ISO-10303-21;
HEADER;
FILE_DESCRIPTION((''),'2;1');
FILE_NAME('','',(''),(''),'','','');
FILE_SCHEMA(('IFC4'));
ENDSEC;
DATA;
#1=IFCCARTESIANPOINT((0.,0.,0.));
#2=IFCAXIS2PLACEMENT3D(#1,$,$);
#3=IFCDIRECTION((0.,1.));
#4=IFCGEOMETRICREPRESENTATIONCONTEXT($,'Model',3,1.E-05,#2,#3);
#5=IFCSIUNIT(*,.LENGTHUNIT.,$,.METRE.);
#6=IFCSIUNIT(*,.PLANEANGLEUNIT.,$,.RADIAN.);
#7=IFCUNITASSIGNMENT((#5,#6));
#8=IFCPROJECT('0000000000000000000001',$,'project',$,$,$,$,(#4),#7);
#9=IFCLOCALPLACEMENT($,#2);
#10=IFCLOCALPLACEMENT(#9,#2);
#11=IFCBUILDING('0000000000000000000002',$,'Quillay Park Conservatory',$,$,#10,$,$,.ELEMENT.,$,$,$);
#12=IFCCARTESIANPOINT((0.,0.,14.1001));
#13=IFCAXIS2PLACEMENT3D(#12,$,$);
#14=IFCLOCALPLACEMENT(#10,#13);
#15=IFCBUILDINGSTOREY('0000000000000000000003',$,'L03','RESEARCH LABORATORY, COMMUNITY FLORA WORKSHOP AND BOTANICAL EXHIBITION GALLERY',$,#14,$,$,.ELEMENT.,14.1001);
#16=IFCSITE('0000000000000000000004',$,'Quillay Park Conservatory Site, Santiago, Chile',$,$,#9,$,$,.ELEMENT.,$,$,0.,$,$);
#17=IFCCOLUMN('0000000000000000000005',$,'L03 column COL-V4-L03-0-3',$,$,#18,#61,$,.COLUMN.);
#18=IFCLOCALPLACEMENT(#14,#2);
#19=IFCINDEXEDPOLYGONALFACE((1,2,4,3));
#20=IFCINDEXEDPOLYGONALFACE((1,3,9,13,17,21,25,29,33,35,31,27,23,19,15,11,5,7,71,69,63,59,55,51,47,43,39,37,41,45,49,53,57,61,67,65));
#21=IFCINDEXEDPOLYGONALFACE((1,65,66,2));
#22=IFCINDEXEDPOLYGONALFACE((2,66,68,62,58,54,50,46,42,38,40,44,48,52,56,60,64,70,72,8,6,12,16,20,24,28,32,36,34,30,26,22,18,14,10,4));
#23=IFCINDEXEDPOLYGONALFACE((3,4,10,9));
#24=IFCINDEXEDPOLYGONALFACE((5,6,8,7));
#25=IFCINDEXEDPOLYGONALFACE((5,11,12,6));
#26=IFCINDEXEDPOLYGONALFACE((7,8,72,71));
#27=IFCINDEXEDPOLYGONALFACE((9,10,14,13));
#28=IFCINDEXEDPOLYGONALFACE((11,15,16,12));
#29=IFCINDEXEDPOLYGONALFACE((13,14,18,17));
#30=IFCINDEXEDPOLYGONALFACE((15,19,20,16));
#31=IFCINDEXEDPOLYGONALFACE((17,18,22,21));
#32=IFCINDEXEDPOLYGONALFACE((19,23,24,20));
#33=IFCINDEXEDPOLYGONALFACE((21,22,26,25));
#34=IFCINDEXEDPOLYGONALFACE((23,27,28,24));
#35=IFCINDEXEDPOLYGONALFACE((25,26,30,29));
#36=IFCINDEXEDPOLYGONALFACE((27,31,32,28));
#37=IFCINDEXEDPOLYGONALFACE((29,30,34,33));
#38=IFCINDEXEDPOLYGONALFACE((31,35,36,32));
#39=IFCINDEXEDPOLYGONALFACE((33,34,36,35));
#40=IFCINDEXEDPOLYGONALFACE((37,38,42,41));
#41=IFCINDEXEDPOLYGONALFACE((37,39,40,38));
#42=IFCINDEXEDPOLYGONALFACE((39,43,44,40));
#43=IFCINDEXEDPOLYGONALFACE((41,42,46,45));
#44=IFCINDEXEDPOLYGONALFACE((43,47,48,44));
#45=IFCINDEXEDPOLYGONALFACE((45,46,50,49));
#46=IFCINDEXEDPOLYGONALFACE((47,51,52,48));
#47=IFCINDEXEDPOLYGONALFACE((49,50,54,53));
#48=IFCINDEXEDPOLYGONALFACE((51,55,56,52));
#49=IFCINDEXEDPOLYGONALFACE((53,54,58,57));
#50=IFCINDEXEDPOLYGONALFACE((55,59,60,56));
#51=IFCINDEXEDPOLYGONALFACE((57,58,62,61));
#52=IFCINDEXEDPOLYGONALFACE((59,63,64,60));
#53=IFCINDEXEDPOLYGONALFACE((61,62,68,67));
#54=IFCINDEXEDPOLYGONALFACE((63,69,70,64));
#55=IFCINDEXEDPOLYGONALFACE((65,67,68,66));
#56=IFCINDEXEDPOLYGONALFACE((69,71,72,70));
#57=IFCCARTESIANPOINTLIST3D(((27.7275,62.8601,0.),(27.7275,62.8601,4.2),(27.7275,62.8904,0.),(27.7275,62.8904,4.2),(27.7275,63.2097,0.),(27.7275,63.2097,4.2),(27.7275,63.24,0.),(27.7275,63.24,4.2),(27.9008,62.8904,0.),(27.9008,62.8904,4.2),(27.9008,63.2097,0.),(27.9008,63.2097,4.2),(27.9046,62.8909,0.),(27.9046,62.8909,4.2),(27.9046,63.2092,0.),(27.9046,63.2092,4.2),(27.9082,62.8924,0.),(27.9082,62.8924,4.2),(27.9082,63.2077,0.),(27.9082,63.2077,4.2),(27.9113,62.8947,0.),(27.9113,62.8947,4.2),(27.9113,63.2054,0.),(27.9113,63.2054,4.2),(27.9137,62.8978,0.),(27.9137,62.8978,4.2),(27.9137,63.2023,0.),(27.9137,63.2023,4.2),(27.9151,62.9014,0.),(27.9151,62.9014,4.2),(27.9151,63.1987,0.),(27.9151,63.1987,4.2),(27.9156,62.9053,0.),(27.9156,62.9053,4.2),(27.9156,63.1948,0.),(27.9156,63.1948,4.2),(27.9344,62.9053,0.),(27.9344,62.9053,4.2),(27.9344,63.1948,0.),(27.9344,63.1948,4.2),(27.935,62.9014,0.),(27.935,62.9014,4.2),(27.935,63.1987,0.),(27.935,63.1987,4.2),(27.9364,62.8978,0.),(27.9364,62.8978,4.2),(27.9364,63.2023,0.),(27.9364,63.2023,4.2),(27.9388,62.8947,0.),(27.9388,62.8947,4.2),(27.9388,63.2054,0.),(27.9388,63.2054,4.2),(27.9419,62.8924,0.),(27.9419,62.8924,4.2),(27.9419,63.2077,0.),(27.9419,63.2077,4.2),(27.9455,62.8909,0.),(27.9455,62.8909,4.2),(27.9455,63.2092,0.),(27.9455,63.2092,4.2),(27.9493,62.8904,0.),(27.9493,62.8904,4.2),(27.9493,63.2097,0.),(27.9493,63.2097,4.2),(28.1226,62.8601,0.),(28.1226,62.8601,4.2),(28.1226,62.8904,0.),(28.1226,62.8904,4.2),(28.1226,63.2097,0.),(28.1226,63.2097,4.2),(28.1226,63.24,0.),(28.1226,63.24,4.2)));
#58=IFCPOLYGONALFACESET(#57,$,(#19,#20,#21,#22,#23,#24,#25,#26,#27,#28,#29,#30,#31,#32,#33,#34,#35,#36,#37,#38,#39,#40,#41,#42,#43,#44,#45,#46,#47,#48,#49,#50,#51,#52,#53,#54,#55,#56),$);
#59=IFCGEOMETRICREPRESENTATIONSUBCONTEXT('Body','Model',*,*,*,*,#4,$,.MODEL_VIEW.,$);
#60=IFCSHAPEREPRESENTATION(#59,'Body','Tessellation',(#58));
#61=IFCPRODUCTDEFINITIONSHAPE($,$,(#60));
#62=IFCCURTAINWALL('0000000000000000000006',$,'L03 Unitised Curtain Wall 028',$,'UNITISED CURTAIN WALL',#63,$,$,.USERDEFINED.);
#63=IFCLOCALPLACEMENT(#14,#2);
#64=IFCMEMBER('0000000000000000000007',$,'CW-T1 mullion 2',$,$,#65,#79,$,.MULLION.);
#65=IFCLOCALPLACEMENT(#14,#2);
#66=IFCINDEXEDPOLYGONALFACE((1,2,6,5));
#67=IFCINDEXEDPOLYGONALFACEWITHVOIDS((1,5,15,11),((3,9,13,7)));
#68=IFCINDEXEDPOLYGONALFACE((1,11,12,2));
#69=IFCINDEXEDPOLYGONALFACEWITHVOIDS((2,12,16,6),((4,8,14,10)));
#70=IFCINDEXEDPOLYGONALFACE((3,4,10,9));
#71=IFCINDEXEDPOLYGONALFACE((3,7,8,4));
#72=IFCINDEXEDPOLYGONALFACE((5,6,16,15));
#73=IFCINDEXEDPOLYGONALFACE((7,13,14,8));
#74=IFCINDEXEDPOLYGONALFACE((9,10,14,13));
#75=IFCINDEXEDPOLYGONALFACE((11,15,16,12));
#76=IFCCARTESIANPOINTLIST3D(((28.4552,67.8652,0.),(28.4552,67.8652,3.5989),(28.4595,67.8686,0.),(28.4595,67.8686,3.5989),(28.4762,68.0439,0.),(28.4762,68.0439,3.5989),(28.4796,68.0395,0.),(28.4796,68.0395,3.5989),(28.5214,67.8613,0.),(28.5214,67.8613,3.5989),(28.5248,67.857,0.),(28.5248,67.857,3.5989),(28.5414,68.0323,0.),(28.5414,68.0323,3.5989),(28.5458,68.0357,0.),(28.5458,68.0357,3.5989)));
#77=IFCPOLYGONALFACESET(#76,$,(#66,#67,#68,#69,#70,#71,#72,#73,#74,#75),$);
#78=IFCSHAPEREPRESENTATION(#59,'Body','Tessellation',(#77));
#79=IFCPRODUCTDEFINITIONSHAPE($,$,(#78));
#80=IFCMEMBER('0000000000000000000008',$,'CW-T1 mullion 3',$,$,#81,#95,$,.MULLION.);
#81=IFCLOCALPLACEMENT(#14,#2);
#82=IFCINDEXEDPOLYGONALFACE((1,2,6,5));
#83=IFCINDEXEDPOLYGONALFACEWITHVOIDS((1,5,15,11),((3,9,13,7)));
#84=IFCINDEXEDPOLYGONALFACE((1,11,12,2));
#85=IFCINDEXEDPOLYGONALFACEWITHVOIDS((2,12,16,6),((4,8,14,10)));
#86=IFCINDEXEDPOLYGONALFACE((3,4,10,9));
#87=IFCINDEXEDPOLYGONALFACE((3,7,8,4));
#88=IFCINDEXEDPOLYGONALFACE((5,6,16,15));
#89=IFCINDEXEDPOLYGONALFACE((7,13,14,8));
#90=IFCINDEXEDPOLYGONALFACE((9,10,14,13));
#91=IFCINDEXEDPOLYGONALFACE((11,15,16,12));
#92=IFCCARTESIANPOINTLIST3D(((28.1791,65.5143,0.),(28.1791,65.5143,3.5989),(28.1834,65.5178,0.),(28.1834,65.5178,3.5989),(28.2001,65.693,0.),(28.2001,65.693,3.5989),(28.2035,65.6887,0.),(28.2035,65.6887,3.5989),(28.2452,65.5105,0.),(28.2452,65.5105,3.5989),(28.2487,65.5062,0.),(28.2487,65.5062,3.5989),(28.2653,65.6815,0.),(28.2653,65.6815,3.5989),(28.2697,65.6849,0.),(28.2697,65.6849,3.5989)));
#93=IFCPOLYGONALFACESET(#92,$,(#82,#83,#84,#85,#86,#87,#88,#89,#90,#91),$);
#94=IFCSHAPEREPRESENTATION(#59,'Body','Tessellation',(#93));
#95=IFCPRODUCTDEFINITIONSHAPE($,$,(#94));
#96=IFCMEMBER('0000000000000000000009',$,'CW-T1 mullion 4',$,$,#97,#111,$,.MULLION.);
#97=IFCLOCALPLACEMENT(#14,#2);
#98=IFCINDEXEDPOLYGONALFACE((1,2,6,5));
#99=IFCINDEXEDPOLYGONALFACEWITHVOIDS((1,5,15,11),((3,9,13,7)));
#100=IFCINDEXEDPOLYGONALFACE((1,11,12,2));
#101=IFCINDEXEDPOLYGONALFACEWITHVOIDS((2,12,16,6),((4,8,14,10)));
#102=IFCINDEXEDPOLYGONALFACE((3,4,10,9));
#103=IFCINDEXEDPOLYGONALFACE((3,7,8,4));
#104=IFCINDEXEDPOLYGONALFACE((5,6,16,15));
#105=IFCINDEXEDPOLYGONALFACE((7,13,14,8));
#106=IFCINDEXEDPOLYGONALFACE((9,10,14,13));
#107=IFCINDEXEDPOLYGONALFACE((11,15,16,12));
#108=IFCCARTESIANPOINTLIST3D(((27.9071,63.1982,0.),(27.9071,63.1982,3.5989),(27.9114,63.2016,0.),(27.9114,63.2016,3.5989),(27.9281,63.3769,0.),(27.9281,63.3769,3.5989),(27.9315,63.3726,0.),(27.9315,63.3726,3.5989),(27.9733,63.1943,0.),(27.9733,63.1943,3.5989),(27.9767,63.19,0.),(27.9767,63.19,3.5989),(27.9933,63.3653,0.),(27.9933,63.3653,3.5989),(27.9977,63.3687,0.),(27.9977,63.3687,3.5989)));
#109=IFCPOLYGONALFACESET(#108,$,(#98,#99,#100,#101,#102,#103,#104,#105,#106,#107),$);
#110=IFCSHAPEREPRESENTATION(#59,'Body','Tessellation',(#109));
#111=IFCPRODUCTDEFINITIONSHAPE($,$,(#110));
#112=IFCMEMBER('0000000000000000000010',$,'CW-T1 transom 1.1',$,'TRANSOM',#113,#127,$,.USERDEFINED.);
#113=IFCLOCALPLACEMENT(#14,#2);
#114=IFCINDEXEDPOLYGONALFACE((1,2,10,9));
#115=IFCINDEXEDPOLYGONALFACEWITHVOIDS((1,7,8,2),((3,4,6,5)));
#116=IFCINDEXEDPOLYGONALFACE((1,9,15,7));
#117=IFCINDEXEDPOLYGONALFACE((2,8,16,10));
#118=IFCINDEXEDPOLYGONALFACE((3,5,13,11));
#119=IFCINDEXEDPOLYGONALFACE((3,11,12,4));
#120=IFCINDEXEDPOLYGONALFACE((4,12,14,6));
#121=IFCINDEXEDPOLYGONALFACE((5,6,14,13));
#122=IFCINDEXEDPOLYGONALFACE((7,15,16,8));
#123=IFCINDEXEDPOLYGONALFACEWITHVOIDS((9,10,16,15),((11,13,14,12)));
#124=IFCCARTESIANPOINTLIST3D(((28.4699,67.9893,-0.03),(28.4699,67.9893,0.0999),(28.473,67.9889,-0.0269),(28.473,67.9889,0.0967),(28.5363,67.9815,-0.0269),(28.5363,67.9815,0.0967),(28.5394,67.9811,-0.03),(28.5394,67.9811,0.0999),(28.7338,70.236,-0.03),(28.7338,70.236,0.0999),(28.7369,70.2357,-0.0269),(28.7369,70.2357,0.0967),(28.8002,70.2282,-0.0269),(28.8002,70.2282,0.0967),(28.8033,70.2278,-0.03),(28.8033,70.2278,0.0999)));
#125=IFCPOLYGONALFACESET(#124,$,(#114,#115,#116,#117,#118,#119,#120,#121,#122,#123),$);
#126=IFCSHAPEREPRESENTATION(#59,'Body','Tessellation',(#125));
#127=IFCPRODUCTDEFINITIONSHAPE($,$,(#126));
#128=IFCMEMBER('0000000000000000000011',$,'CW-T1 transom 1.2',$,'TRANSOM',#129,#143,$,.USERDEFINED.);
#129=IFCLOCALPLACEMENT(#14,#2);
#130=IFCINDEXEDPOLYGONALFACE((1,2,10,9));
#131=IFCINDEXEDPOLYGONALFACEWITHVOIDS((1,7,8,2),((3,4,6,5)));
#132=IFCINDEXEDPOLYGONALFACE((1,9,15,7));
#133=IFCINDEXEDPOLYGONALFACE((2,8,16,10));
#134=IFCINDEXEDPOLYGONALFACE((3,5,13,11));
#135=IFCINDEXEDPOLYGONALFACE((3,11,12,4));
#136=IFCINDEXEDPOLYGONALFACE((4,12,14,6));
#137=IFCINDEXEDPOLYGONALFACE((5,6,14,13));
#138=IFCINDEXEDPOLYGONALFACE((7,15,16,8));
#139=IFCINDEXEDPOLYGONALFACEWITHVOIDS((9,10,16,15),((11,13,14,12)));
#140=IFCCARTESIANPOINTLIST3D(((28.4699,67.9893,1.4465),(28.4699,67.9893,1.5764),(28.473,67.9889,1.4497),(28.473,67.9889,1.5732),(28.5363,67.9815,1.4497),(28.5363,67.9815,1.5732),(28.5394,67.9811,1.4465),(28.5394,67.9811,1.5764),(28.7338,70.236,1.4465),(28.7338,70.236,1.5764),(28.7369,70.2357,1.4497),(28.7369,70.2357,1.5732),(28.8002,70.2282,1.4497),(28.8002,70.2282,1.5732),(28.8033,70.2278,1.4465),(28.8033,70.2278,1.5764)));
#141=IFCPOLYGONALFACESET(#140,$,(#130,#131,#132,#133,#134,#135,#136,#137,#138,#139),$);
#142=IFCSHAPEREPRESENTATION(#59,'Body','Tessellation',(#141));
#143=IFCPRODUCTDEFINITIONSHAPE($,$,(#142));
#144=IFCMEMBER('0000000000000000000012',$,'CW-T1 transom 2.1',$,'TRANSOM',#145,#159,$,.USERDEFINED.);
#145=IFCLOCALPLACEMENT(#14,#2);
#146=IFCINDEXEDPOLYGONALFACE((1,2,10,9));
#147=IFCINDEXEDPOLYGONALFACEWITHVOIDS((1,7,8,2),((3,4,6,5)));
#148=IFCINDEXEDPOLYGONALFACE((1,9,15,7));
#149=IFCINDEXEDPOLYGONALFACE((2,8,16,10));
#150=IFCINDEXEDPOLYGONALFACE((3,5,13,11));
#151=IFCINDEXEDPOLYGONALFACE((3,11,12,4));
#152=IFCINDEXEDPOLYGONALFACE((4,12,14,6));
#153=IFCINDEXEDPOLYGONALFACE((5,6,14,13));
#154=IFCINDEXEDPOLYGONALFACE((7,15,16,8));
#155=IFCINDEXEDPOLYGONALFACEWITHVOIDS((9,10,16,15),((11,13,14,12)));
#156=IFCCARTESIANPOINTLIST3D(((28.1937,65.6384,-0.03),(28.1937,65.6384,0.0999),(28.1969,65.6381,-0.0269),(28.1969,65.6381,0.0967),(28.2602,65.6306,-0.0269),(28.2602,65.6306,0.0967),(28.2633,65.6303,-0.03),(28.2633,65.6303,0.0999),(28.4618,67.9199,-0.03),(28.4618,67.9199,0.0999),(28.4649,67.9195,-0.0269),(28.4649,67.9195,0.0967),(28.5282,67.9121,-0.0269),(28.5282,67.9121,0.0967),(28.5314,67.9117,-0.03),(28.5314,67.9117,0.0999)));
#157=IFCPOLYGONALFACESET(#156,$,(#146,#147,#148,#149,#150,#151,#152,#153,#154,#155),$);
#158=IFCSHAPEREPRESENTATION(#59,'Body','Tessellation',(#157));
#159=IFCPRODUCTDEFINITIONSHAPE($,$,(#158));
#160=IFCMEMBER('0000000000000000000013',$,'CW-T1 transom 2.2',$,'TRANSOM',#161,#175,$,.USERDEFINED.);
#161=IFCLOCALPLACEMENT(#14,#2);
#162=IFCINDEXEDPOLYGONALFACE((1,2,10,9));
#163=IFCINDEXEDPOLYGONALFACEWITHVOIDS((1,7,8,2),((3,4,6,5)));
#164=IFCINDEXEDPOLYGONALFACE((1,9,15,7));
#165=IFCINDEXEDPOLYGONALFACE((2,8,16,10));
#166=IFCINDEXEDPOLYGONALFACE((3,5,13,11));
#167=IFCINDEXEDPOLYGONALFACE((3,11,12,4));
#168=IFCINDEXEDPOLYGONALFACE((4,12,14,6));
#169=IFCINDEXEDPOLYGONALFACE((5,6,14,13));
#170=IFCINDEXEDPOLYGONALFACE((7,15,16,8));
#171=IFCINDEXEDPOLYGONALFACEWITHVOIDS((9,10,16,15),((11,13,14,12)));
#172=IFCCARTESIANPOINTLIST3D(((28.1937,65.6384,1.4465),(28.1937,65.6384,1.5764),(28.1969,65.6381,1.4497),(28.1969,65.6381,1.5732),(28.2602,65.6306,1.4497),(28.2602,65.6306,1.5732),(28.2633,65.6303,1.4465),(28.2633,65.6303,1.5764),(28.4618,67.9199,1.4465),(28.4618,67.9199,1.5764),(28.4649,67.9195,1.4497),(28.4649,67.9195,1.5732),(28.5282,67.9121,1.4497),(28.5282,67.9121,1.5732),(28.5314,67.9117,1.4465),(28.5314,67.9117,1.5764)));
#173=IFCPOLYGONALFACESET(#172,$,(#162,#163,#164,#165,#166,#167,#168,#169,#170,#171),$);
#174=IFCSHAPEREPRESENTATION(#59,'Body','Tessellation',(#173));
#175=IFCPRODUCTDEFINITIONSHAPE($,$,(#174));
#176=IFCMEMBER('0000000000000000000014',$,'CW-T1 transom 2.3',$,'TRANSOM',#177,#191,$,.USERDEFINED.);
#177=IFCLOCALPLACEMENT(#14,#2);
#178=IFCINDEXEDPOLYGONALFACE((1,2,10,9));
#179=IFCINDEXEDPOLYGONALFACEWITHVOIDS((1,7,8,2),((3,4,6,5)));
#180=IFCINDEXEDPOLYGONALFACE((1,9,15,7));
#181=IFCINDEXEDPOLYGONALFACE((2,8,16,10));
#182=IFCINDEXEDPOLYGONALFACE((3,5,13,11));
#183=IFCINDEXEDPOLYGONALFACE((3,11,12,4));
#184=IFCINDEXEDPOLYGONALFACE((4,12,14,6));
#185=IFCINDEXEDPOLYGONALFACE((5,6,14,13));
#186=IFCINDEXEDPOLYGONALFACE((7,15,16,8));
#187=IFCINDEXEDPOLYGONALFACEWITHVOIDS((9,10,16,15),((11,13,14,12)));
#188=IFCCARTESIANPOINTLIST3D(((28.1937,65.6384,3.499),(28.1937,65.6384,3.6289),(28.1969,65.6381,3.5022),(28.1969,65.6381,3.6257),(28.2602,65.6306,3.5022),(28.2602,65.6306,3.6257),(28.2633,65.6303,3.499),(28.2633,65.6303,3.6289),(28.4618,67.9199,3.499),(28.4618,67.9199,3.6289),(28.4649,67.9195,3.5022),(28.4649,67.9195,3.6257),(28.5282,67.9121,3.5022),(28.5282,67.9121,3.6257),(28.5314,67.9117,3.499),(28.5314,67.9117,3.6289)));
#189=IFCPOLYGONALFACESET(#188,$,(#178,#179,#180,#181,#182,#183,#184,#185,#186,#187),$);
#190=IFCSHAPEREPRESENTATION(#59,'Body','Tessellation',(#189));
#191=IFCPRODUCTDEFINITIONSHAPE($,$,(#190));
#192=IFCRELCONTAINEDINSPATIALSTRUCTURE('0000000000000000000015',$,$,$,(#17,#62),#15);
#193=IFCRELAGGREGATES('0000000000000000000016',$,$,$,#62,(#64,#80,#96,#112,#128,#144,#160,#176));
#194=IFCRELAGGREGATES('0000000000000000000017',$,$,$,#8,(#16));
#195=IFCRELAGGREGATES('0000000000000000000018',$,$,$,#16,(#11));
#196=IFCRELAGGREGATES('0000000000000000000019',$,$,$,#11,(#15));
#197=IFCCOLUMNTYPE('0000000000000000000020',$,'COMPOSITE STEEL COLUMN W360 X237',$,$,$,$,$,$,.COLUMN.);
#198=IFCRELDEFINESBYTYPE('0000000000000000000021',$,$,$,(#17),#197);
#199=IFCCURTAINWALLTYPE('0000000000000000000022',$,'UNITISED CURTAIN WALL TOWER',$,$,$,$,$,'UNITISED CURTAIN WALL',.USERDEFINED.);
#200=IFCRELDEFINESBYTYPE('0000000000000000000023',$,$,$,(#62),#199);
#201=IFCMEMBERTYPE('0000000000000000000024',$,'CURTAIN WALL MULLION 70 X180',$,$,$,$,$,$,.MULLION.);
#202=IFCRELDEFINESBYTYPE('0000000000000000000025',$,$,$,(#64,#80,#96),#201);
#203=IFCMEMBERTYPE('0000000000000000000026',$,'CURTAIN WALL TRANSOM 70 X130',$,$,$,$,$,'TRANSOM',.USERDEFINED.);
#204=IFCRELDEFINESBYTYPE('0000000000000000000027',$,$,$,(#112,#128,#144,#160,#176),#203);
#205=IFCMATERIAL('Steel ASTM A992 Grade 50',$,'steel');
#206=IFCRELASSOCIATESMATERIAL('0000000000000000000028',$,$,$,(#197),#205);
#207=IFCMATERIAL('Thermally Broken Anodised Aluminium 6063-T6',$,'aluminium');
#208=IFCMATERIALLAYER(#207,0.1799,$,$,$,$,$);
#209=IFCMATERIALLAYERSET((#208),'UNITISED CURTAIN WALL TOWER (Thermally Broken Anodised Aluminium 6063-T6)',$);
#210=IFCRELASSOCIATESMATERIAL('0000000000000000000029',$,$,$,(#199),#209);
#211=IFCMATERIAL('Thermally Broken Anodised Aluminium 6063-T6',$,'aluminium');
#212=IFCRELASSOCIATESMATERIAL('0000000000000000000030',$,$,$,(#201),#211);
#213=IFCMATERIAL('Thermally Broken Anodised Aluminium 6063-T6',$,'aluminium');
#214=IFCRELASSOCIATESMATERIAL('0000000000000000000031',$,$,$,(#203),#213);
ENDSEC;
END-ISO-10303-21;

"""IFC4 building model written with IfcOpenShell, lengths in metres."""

from ifc_helpers import new_model, si_unit, direction, frame, origin, origin_2d, place, context, subcontext, project, spatial, hollow_rectangle, i_section, extrude, material, layer, layer_set, material_profile, profile_set, type_object, element, aggregate, save


model = new_model("IFC4")

# Units and contexts
model_context = context("Model", 3, precision=1e-05, world=origin(), true_north=direction((0.0, 1.0)))
body_context = subcontext(model_context, "Body", "Model", "MODEL_VIEW")
ifc_project = project(units=[si_unit("LENGTHUNIT", "METRE"), si_unit("PLANEANGLEUNIT", "RADIAN")], contexts=[model_context])

# Site, building, storey
site_placement = place(None, origin())
site = spatial("IfcSite", under=ifc_project, at=site_placement, Name="Quillay Park Conservatory Site, Santiago, Chile", CompositionType="ELEMENT", RefElevation=0.0)
building_placement = place(site_placement, origin())
building = spatial("IfcBuilding", under=site, at=building_placement, Name="Quillay Park Conservatory", CompositionType="ELEMENT")
storey_placement = place(building_placement, frame((0.0, 0.0, 14.1001)))
storey = spatial("IfcBuildingStorey", under=building, at=storey_placement, Name="L03", Description="RESEARCH LABORATORY, COMMUNITY FLORA WORKSHOP AND BOTANICAL EXHIBITION GALLERY", CompositionType="ELEMENT", Elevation=14.1001)

# Column
ifc_material_1 = material(Name="Steel ASTM A992 Grade 50", Category="steel")
ifc_material_profile_1 = material_profile(ifc_material_1, i_section(OverallWidth=0.395, OverallDepth=0.3799, WebThickness=0.0188, FlangeThickness=0.0303, FilletRadius=0.0149, at=origin_2d()), Name="W360x237")
ifc_profile_set_1 = profile_set([ifc_material_profile_1], Name="Steel ASTM A992 Grade 50")
column_type = type_object("IfcColumnType", Name="COMPOSITE STEEL COLUMN W360 X237", PredefinedType="COLUMN", material=ifc_profile_set_1)
column_placement = place(storey_placement, frame((27.925, 63.05, 0.0), z_axis=(0.0, 0.0, 1.0), x_axis=(1.0, 0.0, 0.0)))
element("IfcColumn", 1, at=column_placement, inside=storey, type_object=column_type, Name="L03 column COL-V4-L03-0-3", PredefinedType="COLUMN", context=body_context, shape_type="SweptSolid", body=[
    extrude(i_section(OverallWidth=0.395, OverallDepth=0.3799, WebThickness=0.0188, FlangeThickness=0.0303, FilletRadius=0.0149, at=origin_2d()), origin(), (0.0, 0.0, 1.0), 4.2),
])

# Curtain wall, members
ifc_material_2 = material(Name="Thermally Broken Anodised Aluminium 6063-T6", Category="aluminium")
ifc_layer_1 = layer(ifc_material_2, 0.1799)
ifc_layer_set_1 = layer_set([ifc_layer_1], Name="UNITISED CURTAIN WALL TOWER (Thermally Broken Anodised Aluminium 6063-T6)")
curtain_wall_type = type_object("IfcCurtainWallType", Name="UNITISED CURTAIN WALL TOWER", ElementType="UNITISED CURTAIN WALL", PredefinedType="USERDEFINED", material=ifc_layer_set_1)
curtain_wall_placement = place(storey_placement, origin())
curtain_wall = element("IfcCurtainWall", 2, at=curtain_wall_placement, inside=storey, type_object=curtain_wall_type, Name="L03 Unitised Curtain Wall 028", ObjectType="UNITISED CURTAIN WALL", PredefinedType="USERDEFINED")
ifc_material_3 = material(Name="Thermally Broken Anodised Aluminium 6063-T6", Category="aluminium")
ifc_material_profile_2 = material_profile(ifc_material_3, hollow_rectangle(XDim=0.0701, YDim=0.1799, WallThickness=0.0039, at=origin_2d()), Name="AL70x180x4")
ifc_profile_set_2 = profile_set([ifc_material_profile_2], Name="Thermally Broken Anodised Aluminium 6063-T6")
member_type_1 = type_object("IfcMemberType", Name="CURTAIN WALL MULLION 70 X180", PredefinedType="MULLION", material=ifc_profile_set_2)
member_1_placement = place(storey_placement, frame((28.5005, 67.9504, 0.0), z_axis=(0.0, 0.0, 1.0), x_axis=(0.993173, -0.116655, 0.0)))
member_1 = element("IfcMember", 3, at=member_1_placement, type_object=member_type_1, Name="CW-T1 mullion 2", PredefinedType="MULLION", context=body_context, shape_type="SweptSolid", body=[
    extrude(hollow_rectangle(XDim=0.0701, YDim=0.1799, WallThickness=0.0039, at=origin_2d()), origin(), (0.0, 0.0, 1.0), 3.5989),
])
member_2_placement = place(storey_placement, frame((28.2244, 65.5996, 0.0), z_axis=(0.0, 0.0, 1.0), x_axis=(0.993173, -0.116655, 0.0)))
member_2 = element("IfcMember", 4, at=member_2_placement, type_object=member_type_1, Name="CW-T1 mullion 3", PredefinedType="MULLION", context=body_context, shape_type="SweptSolid", body=[
    extrude(hollow_rectangle(XDim=0.0701, YDim=0.1799, WallThickness=0.0039, at=origin_2d()), origin(), (0.0, 0.0, 1.0), 3.5989),
])
member_3_placement = place(storey_placement, frame((27.9524, 63.2834, 0.0), z_axis=(0.0, 0.0, 1.0), x_axis=(0.993173, -0.116655, 0.0)))
member_3 = element("IfcMember", 5, at=member_3_placement, type_object=member_type_1, Name="CW-T1 mullion 4", PredefinedType="MULLION", context=body_context, shape_type="SweptSolid", body=[
    extrude(hollow_rectangle(XDim=0.0701, YDim=0.1799, WallThickness=0.0039, at=origin_2d()), origin(), (0.0, 0.0, 1.0), 3.5989),
])
ifc_material_4 = material(Name="Thermally Broken Anodised Aluminium 6063-T6", Category="aluminium")
ifc_material_profile_3 = material_profile(ifc_material_4, hollow_rectangle(XDim=0.0701, YDim=0.1299, WallThickness=0.0032, at=origin_2d()), Name="AL70x130x3.2")
ifc_profile_set_3 = profile_set([ifc_material_profile_3], Name="Thermally Broken Anodised Aluminium 6063-T6")
member_type_2 = type_object("IfcMemberType", Name="CURTAIN WALL TRANSOM 70 X130", ElementType="TRANSOM", PredefinedType="USERDEFINED", material=ifc_profile_set_3)
member_4_placement = place(storey_placement, frame((28.7686, 70.2319, 0.0349), z_axis=(-0.11666, -0.993172, 0.0), x_axis=(0.993172, -0.11666, 0.0)))
member_4 = element("IfcMember", 6, at=member_4_placement, type_object=member_type_2, Name="CW-T1 transom 1.1", ObjectType="TRANSOM", PredefinedType="USERDEFINED", context=body_context, shape_type="SweptSolid", body=[
    extrude(hollow_rectangle(XDim=0.0701, YDim=0.1299, WallThickness=0.0032, at=origin_2d()), origin(), (0.0, 0.0, 1.0), 2.2622),
])
member_5_placement = place(storey_placement, frame((28.7686, 70.2319, 1.5115), z_axis=(-0.11666, -0.993172, 0.0), x_axis=(0.993172, -0.11666, 0.0)))
member_5 = element("IfcMember", 7, at=member_5_placement, type_object=member_type_2, Name="CW-T1 transom 1.2", ObjectType="TRANSOM", PredefinedType="USERDEFINED", context=body_context, shape_type="SweptSolid", body=[
    extrude(hollow_rectangle(XDim=0.0701, YDim=0.1299, WallThickness=0.0032, at=origin_2d()), origin(), (0.0, 0.0, 1.0), 2.2622),
])
member_6_placement = place(storey_placement, frame((28.4966, 67.9158, 0.0349), z_axis=(-0.116693, -0.993168, 0.0), x_axis=(0.993168, -0.116693, 0.0)))
member_6 = element("IfcMember", 8, at=member_6_placement, type_object=member_type_2, Name="CW-T1 transom 2.1", ObjectType="TRANSOM", PredefinedType="USERDEFINED", context=body_context, shape_type="SweptSolid", body=[
    extrude(hollow_rectangle(XDim=0.0701, YDim=0.1299, WallThickness=0.0032, at=origin_2d()), origin(), (0.0, 0.0, 1.0), 2.2971),
])
member_7_placement = place(storey_placement, frame((28.4966, 67.9158, 1.5115), z_axis=(-0.116693, -0.993168, 0.0), x_axis=(0.993168, -0.116693, 0.0)))
member_7 = element("IfcMember", 9, at=member_7_placement, type_object=member_type_2, Name="CW-T1 transom 2.2", ObjectType="TRANSOM", PredefinedType="USERDEFINED", context=body_context, shape_type="SweptSolid", body=[
    extrude(hollow_rectangle(XDim=0.0701, YDim=0.1299, WallThickness=0.0032, at=origin_2d()), origin(), (0.0, 0.0, 1.0), 2.2971),
])
member_8_placement = place(storey_placement, frame((28.4966, 67.9158, 3.564), z_axis=(-0.116693, -0.993168, 0.0), x_axis=(0.993168, -0.116693, 0.0)))
member_8 = element("IfcMember", 10, at=member_8_placement, type_object=member_type_2, Name="CW-T1 transom 2.3", ObjectType="TRANSOM", PredefinedType="USERDEFINED", context=body_context, shape_type="SweptSolid", body=[
    extrude(hollow_rectangle(XDim=0.0701, YDim=0.1299, WallThickness=0.0032, at=origin_2d()), origin(), (0.0, 0.0, 1.0), 2.2971),
])

aggregate(curtain_wall, [member_1, member_2, member_3, member_4, member_5, member_6, member_7, member_8])

save(model, "model.ifc")
